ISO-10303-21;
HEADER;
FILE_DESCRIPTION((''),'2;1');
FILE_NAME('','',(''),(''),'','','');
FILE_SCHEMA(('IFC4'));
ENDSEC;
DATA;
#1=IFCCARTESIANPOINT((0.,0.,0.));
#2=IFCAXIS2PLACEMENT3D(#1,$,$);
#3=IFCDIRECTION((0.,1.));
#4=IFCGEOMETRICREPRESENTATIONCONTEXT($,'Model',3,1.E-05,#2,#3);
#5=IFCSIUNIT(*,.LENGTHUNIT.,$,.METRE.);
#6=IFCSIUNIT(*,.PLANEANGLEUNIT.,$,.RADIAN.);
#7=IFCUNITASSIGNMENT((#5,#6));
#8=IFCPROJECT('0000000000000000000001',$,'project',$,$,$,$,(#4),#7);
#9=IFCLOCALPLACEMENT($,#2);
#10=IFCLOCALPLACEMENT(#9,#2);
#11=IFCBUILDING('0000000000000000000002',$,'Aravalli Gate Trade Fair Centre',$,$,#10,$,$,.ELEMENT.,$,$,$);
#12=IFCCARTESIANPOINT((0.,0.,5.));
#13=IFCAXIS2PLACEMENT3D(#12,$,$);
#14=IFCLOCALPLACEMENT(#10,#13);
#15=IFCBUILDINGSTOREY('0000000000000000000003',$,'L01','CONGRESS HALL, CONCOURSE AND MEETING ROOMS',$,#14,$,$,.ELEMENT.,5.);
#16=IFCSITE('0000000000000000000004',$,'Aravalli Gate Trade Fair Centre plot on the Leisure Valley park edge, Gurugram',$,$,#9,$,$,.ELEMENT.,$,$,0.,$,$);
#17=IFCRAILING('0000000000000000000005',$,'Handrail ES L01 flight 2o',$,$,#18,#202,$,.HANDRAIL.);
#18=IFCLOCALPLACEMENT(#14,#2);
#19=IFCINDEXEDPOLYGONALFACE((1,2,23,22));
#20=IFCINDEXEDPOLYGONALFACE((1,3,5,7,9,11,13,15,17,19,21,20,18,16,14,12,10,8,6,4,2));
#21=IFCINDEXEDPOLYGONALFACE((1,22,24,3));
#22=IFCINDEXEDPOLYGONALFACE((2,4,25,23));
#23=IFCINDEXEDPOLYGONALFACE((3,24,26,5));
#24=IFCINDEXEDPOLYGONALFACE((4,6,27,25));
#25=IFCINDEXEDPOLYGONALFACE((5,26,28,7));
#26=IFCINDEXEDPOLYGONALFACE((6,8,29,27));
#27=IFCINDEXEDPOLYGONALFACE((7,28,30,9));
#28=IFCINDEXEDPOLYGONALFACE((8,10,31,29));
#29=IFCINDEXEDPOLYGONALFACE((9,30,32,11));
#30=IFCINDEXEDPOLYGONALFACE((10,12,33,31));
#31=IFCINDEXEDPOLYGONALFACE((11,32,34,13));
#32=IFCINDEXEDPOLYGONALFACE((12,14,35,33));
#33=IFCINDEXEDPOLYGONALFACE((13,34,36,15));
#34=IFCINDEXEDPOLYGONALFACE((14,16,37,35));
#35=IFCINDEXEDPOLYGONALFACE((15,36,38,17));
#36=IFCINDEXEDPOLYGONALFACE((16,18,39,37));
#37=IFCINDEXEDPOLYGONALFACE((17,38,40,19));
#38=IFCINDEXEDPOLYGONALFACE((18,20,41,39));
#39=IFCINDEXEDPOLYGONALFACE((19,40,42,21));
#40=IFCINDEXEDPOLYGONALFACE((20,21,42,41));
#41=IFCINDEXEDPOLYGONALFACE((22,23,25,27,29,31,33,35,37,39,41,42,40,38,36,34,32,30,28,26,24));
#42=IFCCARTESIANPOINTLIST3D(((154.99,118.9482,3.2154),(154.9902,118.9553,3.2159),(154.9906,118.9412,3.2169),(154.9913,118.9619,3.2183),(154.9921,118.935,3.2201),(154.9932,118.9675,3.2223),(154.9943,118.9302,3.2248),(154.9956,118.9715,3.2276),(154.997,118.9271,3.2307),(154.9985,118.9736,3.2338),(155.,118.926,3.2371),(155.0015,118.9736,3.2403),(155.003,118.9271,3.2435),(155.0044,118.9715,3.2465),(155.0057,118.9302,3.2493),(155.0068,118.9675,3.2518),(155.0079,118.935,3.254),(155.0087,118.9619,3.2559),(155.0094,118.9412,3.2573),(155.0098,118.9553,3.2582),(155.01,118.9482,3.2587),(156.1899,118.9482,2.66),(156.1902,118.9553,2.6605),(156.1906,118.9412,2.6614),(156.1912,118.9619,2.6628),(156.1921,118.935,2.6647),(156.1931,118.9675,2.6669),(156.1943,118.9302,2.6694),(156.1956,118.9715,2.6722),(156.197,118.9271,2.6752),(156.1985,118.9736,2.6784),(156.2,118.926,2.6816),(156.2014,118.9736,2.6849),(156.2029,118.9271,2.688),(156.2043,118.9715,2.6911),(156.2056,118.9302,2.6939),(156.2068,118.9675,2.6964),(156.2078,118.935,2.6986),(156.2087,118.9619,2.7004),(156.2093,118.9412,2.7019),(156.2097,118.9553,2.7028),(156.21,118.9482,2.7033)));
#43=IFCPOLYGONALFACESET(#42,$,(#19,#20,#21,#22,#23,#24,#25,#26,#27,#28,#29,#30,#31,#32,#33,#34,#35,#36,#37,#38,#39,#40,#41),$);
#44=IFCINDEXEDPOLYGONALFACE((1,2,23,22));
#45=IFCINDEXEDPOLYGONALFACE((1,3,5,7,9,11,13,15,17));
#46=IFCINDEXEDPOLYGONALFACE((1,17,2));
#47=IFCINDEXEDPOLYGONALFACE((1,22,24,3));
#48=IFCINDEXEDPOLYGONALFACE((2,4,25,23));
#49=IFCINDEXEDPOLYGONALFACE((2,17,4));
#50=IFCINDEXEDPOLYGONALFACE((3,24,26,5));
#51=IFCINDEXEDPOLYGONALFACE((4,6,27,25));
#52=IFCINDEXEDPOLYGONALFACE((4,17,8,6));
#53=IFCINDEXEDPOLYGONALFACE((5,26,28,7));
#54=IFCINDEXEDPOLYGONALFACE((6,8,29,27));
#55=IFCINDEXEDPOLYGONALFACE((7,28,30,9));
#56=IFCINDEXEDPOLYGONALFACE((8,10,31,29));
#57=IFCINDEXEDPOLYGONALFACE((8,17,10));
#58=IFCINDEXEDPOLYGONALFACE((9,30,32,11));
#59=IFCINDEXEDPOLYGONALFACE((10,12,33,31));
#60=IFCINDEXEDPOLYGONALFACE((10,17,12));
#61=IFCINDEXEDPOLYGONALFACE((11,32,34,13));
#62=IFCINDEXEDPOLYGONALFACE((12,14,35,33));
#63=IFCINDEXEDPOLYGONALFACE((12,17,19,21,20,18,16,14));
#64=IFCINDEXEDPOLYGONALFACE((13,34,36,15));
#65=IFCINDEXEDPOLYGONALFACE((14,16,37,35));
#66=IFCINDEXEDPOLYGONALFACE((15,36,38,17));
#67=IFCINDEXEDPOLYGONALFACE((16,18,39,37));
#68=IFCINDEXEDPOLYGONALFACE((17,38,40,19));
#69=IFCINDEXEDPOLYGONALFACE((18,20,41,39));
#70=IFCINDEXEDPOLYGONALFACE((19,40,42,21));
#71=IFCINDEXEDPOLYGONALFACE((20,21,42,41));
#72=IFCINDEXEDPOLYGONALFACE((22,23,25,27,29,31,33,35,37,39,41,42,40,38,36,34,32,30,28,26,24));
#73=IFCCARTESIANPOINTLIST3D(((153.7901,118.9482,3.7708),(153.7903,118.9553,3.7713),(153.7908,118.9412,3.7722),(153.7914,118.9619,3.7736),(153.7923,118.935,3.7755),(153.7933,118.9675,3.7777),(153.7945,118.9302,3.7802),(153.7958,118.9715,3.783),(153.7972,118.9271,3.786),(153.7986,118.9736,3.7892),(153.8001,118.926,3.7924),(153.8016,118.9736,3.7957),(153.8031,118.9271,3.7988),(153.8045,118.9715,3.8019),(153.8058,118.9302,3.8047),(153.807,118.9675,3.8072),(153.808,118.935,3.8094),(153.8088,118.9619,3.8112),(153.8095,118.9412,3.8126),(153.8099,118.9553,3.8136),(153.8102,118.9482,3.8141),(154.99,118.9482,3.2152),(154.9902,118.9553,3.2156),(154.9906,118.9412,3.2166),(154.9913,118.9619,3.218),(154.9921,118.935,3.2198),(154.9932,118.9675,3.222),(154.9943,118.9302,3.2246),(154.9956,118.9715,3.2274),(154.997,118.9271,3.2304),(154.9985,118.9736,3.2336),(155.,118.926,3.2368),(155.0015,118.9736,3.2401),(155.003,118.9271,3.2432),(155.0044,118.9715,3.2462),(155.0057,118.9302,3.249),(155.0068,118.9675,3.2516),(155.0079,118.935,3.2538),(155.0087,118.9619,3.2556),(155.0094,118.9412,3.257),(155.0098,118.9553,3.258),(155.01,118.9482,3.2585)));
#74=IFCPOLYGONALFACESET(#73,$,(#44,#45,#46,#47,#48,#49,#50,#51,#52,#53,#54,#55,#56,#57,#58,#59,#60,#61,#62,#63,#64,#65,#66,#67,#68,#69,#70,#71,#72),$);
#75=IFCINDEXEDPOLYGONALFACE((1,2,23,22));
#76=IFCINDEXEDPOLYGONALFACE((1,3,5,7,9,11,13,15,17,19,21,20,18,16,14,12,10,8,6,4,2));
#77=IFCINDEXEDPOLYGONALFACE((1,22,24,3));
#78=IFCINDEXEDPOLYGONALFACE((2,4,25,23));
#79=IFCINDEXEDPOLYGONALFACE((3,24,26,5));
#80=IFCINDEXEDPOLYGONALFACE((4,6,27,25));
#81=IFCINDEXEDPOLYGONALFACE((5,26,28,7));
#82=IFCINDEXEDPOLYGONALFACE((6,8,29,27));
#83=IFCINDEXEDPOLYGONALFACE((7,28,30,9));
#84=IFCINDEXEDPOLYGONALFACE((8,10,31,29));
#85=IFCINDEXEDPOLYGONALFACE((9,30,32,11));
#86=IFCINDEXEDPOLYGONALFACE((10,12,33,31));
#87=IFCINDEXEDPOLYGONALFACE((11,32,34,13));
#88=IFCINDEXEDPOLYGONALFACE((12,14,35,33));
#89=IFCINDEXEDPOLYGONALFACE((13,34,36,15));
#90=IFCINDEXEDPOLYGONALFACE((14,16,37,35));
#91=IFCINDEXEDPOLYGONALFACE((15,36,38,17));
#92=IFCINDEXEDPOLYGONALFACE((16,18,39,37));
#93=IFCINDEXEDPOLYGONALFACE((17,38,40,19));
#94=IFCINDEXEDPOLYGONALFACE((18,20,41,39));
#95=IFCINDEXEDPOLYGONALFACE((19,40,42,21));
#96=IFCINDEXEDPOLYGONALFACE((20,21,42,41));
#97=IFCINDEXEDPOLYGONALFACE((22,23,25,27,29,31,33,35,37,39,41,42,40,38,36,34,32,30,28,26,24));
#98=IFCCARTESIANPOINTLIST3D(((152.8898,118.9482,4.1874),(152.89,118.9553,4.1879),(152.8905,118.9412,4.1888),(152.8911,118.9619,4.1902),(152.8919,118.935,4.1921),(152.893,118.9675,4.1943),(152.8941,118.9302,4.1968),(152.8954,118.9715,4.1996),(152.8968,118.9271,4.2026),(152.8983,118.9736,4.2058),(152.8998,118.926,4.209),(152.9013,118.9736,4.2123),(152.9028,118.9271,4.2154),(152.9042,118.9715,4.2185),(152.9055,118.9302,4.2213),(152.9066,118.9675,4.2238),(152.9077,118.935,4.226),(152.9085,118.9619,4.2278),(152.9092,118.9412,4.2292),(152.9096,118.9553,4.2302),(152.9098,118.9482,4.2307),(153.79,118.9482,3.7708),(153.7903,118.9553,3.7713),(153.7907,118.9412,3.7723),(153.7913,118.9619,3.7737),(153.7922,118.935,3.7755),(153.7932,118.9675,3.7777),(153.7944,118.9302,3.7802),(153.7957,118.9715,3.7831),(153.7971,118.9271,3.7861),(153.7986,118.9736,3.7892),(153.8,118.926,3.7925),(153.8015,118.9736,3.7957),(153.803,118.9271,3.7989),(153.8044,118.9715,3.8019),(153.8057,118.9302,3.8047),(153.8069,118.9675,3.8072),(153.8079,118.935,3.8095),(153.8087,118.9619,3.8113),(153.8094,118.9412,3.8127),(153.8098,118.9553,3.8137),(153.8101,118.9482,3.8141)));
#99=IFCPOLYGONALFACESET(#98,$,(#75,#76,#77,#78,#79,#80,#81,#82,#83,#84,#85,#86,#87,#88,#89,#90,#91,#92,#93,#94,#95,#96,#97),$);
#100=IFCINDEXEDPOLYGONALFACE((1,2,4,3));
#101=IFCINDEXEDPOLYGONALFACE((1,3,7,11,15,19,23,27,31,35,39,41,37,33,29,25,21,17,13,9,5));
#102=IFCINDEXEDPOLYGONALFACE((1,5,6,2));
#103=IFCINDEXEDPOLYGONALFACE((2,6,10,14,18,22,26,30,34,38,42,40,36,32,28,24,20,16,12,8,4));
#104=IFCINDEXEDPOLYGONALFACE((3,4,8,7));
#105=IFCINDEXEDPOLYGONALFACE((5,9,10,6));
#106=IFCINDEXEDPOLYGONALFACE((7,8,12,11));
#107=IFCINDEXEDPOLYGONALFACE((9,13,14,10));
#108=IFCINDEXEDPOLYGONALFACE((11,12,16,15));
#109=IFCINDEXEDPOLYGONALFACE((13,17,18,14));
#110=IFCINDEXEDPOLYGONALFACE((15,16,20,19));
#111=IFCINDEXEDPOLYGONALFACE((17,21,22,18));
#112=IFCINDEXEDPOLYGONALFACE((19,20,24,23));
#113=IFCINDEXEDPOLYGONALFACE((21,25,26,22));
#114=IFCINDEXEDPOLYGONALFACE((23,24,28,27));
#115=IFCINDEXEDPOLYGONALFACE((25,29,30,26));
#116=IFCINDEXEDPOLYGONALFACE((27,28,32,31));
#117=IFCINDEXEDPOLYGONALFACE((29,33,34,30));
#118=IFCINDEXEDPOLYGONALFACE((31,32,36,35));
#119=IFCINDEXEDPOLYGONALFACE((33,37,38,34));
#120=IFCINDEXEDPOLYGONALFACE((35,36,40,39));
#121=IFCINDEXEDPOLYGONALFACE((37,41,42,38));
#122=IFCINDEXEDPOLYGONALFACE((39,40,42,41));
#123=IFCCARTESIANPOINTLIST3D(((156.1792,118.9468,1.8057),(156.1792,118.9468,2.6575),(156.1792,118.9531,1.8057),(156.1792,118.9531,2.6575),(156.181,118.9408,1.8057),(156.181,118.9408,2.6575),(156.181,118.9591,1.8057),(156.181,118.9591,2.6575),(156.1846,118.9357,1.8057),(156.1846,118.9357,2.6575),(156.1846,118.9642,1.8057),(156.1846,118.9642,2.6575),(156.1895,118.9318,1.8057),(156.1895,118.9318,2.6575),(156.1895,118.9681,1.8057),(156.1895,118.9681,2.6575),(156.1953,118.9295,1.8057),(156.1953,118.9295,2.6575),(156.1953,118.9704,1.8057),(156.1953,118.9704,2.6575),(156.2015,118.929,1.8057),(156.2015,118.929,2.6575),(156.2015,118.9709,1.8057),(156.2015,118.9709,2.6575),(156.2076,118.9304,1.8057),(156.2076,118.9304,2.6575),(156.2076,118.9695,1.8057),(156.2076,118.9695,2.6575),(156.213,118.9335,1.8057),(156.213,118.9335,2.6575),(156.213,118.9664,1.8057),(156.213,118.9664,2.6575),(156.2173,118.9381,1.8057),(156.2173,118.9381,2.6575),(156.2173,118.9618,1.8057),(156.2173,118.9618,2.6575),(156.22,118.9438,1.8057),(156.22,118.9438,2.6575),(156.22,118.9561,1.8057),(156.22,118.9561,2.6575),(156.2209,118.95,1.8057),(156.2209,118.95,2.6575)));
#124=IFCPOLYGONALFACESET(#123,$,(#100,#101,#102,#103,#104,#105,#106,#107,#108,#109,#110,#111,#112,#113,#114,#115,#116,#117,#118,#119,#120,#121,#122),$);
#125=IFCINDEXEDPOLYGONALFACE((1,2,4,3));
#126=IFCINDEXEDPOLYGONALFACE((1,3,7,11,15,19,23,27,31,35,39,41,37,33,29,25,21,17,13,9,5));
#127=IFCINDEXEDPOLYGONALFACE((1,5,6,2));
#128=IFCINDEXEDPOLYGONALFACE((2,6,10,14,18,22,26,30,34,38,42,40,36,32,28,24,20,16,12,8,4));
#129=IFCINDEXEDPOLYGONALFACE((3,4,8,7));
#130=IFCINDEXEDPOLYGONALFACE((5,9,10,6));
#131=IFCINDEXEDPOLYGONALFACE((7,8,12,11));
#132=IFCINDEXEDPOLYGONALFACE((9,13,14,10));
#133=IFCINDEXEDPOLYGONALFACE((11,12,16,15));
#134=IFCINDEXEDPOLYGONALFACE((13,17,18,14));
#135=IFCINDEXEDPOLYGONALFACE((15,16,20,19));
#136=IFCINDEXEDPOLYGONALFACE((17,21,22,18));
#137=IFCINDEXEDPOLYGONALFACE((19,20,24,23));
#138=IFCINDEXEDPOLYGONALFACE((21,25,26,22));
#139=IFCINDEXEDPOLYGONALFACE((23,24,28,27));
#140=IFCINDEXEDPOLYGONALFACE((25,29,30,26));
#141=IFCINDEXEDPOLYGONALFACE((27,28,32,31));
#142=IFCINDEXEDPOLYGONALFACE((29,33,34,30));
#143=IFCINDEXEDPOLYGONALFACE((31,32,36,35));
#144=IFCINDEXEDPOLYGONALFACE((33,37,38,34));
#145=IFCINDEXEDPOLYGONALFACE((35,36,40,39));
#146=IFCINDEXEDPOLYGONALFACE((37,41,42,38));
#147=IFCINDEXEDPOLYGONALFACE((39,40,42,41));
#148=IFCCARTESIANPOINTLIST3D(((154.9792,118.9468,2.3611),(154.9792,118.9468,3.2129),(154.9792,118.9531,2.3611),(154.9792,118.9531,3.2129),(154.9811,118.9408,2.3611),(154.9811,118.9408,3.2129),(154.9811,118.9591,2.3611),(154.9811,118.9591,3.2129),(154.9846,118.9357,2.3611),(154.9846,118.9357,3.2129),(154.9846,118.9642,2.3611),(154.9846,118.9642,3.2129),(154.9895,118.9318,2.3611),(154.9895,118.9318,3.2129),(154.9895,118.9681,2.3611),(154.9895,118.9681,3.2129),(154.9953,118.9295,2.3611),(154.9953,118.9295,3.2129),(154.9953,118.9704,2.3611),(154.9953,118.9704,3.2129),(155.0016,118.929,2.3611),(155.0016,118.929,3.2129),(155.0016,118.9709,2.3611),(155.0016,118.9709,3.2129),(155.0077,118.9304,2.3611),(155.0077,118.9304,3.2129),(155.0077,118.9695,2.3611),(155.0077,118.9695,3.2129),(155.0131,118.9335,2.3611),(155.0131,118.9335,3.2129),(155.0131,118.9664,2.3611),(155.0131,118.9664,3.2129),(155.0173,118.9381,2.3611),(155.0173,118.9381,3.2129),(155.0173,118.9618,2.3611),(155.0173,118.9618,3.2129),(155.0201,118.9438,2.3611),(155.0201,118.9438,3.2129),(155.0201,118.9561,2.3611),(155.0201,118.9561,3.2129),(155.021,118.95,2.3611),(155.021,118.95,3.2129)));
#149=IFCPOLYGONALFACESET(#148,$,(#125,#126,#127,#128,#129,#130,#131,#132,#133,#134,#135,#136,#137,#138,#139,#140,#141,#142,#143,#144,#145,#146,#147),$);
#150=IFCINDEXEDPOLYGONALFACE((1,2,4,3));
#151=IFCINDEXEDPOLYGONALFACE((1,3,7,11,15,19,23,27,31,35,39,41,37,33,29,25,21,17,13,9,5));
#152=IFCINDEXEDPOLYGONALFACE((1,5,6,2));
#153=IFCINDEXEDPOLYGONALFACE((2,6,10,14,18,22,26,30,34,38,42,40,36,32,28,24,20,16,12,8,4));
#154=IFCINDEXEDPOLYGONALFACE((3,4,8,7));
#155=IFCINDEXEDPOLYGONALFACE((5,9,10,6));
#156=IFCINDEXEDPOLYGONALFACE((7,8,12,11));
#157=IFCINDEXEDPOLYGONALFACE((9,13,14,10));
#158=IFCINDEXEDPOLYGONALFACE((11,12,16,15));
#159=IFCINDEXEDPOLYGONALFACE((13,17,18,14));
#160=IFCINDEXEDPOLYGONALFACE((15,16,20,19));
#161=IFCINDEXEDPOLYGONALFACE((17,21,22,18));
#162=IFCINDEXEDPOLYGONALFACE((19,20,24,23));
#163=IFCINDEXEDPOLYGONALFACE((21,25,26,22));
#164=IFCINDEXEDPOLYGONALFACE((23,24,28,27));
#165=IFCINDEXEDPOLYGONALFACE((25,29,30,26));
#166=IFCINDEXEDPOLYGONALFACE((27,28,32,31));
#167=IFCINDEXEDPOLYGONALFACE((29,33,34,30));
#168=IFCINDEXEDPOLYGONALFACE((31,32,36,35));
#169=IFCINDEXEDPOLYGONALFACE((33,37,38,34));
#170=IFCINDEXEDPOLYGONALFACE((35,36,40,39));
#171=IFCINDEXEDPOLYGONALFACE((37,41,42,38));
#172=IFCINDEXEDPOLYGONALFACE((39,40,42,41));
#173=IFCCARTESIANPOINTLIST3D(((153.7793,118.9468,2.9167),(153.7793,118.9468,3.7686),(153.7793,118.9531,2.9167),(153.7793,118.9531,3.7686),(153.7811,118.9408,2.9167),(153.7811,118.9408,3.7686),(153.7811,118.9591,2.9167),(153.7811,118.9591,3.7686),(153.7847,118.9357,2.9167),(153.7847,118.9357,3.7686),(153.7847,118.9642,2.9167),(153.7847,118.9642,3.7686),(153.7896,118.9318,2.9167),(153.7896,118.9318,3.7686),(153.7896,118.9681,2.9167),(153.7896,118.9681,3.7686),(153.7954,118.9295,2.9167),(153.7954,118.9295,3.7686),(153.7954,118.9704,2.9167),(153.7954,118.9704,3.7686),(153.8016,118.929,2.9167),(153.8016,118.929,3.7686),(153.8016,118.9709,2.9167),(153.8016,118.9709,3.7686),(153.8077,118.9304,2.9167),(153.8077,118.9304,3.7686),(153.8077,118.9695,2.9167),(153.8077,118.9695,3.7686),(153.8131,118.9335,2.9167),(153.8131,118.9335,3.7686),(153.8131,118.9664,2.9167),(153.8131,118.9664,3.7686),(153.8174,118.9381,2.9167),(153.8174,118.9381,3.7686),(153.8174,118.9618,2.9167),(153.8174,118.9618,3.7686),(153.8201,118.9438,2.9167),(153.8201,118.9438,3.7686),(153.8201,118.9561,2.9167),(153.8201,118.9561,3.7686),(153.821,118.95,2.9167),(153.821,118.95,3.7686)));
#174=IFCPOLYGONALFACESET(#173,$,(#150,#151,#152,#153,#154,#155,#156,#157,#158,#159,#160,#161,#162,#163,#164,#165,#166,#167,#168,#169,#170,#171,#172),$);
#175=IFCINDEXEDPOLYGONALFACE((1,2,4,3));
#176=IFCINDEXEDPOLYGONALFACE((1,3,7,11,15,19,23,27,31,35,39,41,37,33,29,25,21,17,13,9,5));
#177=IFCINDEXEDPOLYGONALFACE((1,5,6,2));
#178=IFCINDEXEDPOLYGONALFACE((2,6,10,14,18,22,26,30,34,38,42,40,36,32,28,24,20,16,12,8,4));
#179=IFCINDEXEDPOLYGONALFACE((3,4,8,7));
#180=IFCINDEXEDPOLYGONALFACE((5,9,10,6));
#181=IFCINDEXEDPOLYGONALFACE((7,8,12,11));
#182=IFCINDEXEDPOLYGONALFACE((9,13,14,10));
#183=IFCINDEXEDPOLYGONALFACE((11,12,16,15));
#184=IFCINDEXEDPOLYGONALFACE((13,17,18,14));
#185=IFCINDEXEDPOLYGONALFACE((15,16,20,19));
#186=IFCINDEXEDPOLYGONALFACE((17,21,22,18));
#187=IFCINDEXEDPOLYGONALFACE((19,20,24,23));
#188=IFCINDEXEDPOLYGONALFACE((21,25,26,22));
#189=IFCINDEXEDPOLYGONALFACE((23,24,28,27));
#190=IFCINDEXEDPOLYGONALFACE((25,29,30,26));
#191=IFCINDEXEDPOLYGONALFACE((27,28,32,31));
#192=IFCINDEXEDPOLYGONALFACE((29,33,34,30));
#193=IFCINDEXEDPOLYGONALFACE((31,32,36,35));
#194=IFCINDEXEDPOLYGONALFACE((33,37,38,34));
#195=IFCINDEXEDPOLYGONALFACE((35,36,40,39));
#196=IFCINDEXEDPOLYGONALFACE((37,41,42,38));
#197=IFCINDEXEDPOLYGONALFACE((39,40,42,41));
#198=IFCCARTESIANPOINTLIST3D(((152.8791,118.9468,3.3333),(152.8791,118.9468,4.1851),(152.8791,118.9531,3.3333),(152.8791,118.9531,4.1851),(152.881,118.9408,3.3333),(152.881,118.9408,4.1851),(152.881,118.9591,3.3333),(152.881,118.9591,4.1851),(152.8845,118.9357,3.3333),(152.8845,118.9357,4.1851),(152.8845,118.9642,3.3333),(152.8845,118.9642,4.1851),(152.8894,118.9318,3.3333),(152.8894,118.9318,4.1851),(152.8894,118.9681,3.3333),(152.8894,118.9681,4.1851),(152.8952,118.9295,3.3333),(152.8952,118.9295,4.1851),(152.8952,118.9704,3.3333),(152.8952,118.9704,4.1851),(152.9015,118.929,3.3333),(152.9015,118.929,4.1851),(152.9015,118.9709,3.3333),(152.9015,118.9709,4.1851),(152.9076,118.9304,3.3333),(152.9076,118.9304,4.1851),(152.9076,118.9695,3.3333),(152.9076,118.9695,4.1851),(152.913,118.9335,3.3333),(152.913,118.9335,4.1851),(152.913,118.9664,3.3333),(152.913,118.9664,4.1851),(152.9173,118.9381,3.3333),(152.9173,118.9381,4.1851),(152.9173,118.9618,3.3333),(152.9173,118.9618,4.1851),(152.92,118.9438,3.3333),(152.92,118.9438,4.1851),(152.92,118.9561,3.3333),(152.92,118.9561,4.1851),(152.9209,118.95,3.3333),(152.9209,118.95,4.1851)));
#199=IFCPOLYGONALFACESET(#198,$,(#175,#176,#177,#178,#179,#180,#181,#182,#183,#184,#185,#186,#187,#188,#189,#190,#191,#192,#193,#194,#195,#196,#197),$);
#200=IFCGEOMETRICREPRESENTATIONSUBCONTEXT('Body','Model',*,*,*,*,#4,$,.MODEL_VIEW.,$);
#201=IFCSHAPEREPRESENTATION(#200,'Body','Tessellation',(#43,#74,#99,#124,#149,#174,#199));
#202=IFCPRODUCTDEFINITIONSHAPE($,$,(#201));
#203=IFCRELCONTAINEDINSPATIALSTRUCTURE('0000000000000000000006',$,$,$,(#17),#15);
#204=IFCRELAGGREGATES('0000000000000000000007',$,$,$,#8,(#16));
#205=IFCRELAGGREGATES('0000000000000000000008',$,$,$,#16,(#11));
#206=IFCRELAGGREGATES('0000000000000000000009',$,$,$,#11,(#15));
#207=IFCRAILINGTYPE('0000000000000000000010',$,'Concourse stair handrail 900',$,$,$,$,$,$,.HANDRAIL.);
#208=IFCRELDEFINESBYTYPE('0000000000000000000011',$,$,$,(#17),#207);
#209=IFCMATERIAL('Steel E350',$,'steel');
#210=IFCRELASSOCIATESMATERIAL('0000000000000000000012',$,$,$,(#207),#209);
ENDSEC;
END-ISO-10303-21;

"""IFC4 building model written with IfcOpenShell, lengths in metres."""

from ifc_helpers import new_model, si_unit, direction, frame, origin, origin_2d, place, context, subcontext, project, spatial, circle, extrude, material, type_object, element, save


model = new_model("IFC4")

# Units and contexts
model_context = context("Model", 3, precision=1e-05, world=origin(), true_north=direction((0.0, 1.0)))
body_context = subcontext(model_context, "Body", "Model", "MODEL_VIEW")
ifc_project = project(units=[si_unit("LENGTHUNIT", "METRE"), si_unit("PLANEANGLEUNIT", "RADIAN")], contexts=[model_context])

# Site, building, storey
site_placement = place(None, origin())
site = spatial("IfcSite", under=ifc_project, at=site_placement, Name="Aravalli Gate Trade Fair Centre plot on the Leisure Valley park edge, Gurugram", CompositionType="ELEMENT", RefElevation=0.0)
building_placement = place(site_placement, origin())
building = spatial("IfcBuilding", under=site, at=building_placement, Name="Aravalli Gate Trade Fair Centre", CompositionType="ELEMENT")
storey_placement = place(building_placement, frame((0.0, 0.0, 5.0)))
storey = spatial("IfcBuildingStorey", under=building, at=storey_placement, Name="L01", Description="CONGRESS HALL, CONCOURSE AND MEETING ROOMS", CompositionType="ELEMENT", Elevation=5.0)

# Shared definitions
ifc_material_1 = material(Name="Steel E350", Category="steel")

# Railing
railing_type = type_object("IfcRailingType", Name="Concourse stair handrail 900", PredefinedType="HANDRAIL", material=ifc_material_1)
for number, where, name in (
    (1, (156.2, 118.95, 1.8057), "Handrail ES L01 flight 2o"),
):
    element("IfcRailing", number, at=place(storey_placement, frame(where)), inside=storey, type_object=railing_type, Name=name, PredefinedType="HANDRAIL", context=body_context, shape_type="SweptSolid", body=[
        extrude(circle(Radius=0.0239, at=origin_2d()), frame((0.0, 0.0, 0.876), z_axis=(-0.907499, 0.0, 0.420053), x_axis=(0.0, -1.0, 0.0)), (0.0, 0.0, 1.0), 1.3223),
        extrude(circle(Radius=0.0239, at=origin_2d()), frame((-1.2, 0.0, 1.4312), z_axis=(-0.907429, 0.0, 0.420205), x_axis=(0.0, -1.0, 0.0)), (0.0, 0.0, 1.0), 1.3223),
        extrude(circle(Radius=0.0239, at=origin_2d()), frame((-2.3999, 0.0, 1.9868), z_axis=(-0.907556, 0.0, 0.419932), x_axis=(0.0, -1.0, 0.0)), (0.0, 0.0, 1.0), 0.9919),
        extrude(circle(Radius=0.021, at=origin_2d()), origin(), (0.0, 0.0, 1.0), 0.8518),
        extrude(circle(Radius=0.021, at=origin_2d()), frame((-1.2, 0.0, 0.5554)), (0.0, 0.0, 1.0), 0.8518),
        extrude(circle(Radius=0.021, at=origin_2d()), frame((-2.3999, 0.0, 1.1111)), (0.0, 0.0, 1.0), 0.8518),
        extrude(circle(Radius=0.021, at=origin_2d()), frame((-3.3, 0.0, 1.5276)), (0.0, 0.0, 1.0), 0.8518),
    ])

save(model, "model.ifc")
